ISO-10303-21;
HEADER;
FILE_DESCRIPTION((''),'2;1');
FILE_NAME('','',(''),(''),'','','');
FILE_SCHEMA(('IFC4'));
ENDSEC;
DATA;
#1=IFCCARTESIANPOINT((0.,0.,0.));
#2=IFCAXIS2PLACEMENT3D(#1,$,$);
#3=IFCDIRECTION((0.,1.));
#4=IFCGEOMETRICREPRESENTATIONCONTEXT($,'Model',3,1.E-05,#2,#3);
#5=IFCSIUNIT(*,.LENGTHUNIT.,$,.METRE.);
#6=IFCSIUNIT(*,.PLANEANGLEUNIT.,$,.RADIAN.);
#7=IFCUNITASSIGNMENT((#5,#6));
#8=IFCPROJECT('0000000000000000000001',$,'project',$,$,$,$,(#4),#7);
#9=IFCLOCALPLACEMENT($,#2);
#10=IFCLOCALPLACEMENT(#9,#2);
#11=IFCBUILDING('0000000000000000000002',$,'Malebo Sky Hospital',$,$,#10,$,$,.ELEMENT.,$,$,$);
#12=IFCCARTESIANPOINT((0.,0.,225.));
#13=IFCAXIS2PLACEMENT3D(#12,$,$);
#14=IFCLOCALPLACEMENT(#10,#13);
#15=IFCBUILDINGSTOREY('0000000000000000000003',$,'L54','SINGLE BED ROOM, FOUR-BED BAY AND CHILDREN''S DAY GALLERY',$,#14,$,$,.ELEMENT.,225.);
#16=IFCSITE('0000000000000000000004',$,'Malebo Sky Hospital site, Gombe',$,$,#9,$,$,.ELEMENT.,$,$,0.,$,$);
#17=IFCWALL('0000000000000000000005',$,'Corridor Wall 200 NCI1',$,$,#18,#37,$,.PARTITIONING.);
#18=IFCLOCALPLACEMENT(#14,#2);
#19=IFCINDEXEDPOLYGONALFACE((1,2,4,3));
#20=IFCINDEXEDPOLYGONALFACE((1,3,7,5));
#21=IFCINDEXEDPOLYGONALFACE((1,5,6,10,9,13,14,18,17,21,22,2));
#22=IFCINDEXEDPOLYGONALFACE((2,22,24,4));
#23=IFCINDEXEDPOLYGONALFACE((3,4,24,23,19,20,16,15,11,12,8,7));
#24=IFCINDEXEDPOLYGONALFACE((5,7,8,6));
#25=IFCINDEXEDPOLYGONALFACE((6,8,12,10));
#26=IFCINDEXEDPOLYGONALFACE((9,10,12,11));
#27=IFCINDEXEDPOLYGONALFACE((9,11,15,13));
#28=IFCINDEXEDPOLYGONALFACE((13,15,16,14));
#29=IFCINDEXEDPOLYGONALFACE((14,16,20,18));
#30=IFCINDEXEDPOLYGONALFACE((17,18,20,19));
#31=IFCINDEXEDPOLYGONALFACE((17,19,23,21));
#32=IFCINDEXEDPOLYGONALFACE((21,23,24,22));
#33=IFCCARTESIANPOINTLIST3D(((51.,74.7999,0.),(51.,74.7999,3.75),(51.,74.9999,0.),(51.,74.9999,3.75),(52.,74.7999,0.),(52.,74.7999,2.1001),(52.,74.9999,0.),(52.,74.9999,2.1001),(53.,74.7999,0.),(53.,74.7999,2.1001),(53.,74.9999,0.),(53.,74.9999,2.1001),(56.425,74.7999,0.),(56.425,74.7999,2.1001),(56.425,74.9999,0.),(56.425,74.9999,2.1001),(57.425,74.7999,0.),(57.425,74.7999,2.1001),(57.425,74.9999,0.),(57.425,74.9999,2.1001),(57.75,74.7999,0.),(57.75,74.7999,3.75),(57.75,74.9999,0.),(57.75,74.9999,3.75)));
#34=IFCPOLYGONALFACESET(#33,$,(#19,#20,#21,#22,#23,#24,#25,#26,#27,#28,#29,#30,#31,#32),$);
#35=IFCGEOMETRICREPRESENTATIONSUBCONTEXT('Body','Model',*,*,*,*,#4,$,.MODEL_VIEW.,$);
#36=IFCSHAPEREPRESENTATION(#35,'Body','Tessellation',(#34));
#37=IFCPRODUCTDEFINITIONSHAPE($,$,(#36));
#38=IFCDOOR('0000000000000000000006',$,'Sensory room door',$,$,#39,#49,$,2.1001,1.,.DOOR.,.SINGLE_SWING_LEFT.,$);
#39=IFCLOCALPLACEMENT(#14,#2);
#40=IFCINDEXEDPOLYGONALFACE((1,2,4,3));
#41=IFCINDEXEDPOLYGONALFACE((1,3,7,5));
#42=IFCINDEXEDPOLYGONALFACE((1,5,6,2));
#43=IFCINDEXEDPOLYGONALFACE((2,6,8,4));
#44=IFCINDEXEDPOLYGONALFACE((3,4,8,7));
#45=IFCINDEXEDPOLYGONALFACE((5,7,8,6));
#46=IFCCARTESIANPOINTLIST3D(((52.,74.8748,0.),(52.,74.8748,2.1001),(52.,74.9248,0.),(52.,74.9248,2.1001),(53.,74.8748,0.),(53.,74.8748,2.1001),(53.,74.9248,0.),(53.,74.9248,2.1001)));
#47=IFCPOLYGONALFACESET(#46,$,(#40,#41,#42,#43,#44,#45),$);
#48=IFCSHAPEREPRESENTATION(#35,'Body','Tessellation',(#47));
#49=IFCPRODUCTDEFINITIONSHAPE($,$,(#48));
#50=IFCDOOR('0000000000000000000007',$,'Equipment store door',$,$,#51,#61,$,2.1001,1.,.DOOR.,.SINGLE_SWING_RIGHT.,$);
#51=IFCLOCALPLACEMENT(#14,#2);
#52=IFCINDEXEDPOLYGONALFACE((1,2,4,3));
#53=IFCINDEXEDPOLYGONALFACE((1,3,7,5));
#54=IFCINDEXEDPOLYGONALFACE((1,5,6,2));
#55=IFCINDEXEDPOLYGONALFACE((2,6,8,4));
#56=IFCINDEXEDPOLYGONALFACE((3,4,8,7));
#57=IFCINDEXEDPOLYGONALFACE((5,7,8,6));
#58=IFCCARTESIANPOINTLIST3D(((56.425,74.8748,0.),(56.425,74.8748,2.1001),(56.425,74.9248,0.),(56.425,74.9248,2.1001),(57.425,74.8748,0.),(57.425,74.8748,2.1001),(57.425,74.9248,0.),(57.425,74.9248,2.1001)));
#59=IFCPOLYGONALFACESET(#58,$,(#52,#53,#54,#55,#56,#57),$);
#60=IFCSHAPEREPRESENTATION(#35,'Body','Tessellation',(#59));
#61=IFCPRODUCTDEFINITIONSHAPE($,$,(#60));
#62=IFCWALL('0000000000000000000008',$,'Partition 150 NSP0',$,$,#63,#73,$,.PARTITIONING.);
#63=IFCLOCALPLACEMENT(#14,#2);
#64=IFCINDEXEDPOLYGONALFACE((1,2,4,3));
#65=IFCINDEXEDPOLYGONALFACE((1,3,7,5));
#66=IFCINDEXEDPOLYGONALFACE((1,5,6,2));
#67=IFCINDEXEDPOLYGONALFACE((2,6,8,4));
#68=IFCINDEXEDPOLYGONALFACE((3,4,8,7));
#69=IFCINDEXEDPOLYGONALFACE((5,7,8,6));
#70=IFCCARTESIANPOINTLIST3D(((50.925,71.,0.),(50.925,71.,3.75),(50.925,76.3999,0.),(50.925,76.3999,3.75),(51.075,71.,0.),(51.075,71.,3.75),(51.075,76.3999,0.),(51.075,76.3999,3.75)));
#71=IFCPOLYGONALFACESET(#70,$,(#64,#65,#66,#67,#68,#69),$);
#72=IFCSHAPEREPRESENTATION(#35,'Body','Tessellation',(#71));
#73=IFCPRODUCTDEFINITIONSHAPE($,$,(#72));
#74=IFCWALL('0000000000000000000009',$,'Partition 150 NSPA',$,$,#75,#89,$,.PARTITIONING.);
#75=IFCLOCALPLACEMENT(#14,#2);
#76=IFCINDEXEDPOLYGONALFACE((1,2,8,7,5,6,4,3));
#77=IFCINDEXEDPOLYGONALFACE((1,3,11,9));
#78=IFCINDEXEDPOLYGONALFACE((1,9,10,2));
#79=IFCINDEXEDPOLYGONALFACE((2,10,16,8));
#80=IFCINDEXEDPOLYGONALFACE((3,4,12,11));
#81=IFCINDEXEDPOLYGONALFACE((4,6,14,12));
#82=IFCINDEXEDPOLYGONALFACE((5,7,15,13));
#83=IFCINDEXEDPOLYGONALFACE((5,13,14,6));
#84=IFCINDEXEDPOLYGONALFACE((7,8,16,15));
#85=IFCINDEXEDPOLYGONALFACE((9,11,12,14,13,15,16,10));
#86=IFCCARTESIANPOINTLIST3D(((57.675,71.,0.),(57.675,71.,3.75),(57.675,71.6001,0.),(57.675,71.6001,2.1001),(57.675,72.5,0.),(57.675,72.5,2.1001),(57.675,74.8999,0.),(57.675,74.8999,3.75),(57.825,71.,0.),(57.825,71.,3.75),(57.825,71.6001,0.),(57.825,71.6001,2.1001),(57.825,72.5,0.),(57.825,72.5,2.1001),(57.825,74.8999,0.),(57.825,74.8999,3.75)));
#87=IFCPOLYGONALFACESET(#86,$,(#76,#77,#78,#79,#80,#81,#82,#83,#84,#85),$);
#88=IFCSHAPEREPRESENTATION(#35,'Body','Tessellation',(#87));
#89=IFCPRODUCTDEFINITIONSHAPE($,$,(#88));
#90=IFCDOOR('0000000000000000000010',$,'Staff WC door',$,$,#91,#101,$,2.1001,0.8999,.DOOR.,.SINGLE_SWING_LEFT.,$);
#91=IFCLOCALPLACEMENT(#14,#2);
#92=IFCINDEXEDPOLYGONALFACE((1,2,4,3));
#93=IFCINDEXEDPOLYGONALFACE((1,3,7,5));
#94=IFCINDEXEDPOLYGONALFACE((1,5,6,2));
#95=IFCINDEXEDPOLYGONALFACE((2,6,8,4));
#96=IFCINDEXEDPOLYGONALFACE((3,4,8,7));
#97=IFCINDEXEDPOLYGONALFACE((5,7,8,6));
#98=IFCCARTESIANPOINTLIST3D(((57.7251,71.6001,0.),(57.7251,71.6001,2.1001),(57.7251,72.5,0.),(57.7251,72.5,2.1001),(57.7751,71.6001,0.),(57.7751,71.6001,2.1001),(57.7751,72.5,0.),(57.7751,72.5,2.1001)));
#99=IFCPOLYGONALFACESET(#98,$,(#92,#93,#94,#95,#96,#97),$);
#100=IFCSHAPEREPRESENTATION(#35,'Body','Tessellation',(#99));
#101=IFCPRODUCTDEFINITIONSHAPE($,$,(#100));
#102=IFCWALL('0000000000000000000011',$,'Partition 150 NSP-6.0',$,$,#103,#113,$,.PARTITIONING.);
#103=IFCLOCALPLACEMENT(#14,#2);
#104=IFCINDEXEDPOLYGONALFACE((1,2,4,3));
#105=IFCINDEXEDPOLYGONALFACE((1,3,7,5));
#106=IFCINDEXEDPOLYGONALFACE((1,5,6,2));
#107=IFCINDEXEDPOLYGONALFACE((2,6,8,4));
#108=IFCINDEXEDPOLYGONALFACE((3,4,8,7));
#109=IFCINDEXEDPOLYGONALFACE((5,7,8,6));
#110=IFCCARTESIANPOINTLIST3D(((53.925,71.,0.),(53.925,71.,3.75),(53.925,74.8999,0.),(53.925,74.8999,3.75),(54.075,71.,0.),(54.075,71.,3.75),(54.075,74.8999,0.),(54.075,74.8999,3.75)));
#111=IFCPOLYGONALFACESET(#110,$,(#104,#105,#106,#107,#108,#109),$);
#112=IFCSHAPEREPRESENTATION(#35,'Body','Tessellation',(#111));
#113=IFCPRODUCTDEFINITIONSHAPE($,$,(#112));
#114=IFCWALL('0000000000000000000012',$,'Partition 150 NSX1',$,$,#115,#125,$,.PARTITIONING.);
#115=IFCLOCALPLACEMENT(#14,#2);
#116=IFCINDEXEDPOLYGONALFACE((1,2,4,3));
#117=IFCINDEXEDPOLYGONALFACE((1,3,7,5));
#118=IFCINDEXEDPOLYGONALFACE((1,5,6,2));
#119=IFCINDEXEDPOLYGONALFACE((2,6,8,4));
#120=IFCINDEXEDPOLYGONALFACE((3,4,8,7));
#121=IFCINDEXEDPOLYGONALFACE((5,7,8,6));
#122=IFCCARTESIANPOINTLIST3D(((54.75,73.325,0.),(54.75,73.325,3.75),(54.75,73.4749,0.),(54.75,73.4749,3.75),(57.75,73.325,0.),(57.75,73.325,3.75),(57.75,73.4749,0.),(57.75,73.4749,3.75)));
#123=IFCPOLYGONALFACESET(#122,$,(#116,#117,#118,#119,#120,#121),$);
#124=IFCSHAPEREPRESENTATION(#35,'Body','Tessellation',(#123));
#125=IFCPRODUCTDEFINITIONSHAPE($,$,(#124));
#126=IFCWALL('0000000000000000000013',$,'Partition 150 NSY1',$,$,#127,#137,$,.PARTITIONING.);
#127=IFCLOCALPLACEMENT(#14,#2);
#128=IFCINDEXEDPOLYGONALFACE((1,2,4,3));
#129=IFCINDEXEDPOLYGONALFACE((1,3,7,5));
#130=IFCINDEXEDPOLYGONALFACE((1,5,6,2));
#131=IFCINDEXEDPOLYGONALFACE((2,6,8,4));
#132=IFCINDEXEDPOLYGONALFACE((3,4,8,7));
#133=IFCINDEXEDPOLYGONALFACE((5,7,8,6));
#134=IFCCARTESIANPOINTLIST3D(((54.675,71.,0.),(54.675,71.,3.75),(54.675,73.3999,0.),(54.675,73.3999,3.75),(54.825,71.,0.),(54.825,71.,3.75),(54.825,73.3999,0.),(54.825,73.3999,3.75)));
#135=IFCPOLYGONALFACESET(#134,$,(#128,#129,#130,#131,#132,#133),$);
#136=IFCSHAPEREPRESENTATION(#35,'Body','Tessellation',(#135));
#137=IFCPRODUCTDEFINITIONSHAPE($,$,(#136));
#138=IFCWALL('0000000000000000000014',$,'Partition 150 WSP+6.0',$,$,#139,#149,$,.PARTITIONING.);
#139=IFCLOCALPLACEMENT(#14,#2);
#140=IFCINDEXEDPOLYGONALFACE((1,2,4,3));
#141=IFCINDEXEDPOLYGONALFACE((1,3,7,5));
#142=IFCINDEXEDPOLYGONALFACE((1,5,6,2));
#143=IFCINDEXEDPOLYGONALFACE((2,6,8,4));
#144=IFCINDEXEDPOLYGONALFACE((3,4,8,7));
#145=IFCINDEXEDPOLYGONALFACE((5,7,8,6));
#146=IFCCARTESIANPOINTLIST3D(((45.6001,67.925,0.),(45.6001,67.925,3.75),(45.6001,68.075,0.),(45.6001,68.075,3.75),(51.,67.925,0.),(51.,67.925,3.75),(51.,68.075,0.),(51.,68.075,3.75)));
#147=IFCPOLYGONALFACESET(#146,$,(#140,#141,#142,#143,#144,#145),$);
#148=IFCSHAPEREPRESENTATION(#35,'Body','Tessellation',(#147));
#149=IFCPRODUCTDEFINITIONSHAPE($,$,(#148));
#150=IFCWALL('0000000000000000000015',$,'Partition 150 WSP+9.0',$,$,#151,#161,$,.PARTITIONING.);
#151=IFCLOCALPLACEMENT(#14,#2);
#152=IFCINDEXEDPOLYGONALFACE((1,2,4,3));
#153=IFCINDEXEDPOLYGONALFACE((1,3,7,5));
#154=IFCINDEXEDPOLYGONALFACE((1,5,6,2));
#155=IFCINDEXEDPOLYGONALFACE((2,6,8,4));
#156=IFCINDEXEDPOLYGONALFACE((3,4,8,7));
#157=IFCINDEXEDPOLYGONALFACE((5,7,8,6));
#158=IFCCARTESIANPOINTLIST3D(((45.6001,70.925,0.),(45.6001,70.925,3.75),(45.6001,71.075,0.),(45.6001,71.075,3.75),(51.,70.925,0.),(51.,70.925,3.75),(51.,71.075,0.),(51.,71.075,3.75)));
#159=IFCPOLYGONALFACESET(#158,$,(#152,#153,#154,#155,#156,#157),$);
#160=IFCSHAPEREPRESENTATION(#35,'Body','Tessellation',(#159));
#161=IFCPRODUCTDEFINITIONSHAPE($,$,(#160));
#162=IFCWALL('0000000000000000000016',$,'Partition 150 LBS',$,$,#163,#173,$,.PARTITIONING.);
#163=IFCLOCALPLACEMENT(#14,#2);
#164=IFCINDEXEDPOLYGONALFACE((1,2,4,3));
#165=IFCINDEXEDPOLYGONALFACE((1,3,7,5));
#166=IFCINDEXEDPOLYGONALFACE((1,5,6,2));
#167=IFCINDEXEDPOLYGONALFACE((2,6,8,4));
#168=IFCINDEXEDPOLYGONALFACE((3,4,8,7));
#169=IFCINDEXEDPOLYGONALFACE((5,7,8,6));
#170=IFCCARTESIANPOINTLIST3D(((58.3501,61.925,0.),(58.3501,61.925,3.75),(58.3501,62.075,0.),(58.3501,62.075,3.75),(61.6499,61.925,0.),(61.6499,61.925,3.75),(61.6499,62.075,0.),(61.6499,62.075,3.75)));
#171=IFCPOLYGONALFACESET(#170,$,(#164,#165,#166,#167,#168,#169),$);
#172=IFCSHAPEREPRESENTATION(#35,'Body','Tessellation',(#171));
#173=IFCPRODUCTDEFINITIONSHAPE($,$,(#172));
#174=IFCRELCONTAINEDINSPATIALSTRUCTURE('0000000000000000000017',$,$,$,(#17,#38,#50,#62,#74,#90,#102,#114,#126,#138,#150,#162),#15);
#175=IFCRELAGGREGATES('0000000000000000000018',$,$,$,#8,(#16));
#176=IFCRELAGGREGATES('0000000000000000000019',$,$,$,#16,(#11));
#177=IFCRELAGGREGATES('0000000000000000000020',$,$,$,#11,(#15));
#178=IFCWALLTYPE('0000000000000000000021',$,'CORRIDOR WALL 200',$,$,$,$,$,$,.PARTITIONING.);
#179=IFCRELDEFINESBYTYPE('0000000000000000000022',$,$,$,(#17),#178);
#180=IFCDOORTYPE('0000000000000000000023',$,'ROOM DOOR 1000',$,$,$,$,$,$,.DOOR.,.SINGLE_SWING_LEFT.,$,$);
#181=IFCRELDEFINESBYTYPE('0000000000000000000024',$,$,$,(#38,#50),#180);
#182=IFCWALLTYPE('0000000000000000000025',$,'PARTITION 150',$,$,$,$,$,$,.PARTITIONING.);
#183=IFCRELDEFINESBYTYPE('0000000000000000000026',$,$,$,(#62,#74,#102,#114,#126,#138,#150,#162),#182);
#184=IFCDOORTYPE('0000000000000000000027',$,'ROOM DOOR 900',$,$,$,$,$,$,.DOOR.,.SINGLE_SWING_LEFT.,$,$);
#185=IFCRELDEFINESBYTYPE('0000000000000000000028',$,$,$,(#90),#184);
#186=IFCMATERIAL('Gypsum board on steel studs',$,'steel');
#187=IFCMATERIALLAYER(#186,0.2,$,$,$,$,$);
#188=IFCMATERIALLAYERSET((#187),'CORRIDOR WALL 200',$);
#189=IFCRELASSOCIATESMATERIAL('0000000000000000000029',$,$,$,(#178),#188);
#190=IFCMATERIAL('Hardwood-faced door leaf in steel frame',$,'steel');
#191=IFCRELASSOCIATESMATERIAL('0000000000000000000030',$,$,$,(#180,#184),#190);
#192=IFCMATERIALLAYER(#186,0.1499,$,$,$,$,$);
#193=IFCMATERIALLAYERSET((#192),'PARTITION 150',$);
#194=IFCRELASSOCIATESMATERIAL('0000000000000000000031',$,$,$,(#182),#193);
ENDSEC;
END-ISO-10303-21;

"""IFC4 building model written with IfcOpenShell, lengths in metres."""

from ifc_helpers import new_model, si_unit, direction, frame, frame_2d, origin, place, context, subcontext, project, spatial, rectangle, extrude, material, layer, layer_set, type_object, element, fill, save


model = new_model("IFC4")

# Units and contexts
model_context = context("Model", 3, precision=1e-05, world=origin(), true_north=direction((0.0, 1.0)))
body_context = subcontext(model_context, "Body", "Model", "MODEL_VIEW")
ifc_project = project(units=[si_unit("LENGTHUNIT", "METRE"), si_unit("PLANEANGLEUNIT", "RADIAN")], contexts=[model_context])

# Site, building, storey
site_placement = place(None, origin())
site = spatial("IfcSite", under=ifc_project, at=site_placement, Name="Malebo Sky Hospital site, Gombe", CompositionType="ELEMENT", RefElevation=0.0)
building_placement = place(site_placement, origin())
building = spatial("IfcBuilding", under=site, at=building_placement, Name="Malebo Sky Hospital", CompositionType="ELEMENT")
storey_placement = place(building_placement, frame((0.0, 0.0, 225.0)))
storey = spatial("IfcBuildingStorey", under=building, at=storey_placement, Name="L54", Description="SINGLE BED ROOM, FOUR-BED BAY AND CHILDREN'S DAY GALLERY", CompositionType="ELEMENT", Elevation=225.0)

# Shared definitions
ifc_material_1 = material(Name="Hardwood-faced door leaf in steel frame", Category="steel")

# Wall, openings, doors
ifc_material_2 = material(Name="Gypsum board on steel studs", Category="steel")
ifc_layer_1 = layer(ifc_material_2, 0.2)
ifc_layer_set_1 = layer_set([ifc_layer_1], Name="CORRIDOR WALL 200")
wall_type_1 = type_object("IfcWallType", Name="CORRIDOR WALL 200", PredefinedType="PARTITIONING", material=ifc_layer_set_1)
wall_1_placement = place(storey_placement, frame((51.0, 74.8999, 0.0), z_axis=(0.0, 0.0, 1.0), x_axis=(1.0, 0.0, 0.0)))
wall_1 = element("IfcWall", 1, at=wall_1_placement, inside=storey, type_object=wall_type_1, Name="Corridor Wall 200 NCI1", PredefinedType="PARTITIONING", context=body_context, shape_type="SweptSolid", body=[
    extrude(rectangle(XDim=6.75, YDim=0.2, at=frame_2d((3.375, 0.0))), origin(), (0.0, 0.0, 1.0), 3.75),
])
opening_1_placement = place(wall_1_placement, frame((1.0, 0.0, 0.0)))
opening_1 = element("IfcOpeningElement", 2, at=opening_1_placement, cuts=wall_1, PredefinedType="OPENING", context=body_context, shape_type="SweptSolid", body=[
    extrude(rectangle(XDim=1.0, YDim=2.1001, at=frame_2d((0.5, 1.05))), frame((0.0, 0.1099, 0.0), z_axis=(0.0, -1.0, 0.0), x_axis=(1.0, 0.0, 0.0)), (0.0, 0.0, 1.0), 0.22),
])
opening_2_placement = place(wall_1_placement, frame((5.425, 0.0, 0.0)))
opening_2 = element("IfcOpeningElement", 3, at=opening_2_placement, cuts=wall_1, PredefinedType="OPENING", context=body_context, shape_type="SweptSolid", body=[
    extrude(rectangle(XDim=1.0, YDim=2.1001, at=frame_2d((0.5, 1.05))), frame((0.0, 0.1099, 0.0), z_axis=(0.0, -1.0, 0.0), x_axis=(1.0, 0.0, 0.0)), (0.0, 0.0, 1.0), 0.22),
])
door_type_1 = type_object("IfcDoorType", Name="ROOM DOOR 1000", OperationType="SINGLE_SWING_LEFT", PredefinedType="DOOR", material=ifc_material_1)
door_1_placement = place(opening_1_placement, origin())
door_1 = element("IfcDoor", 4, at=door_1_placement, inside=storey, type_object=door_type_1, Name="Sensory room door", OperationType="SINGLE_SWING_LEFT", OverallHeight=2.1001, OverallWidth=1.0, PredefinedType="DOOR", context=body_context, shape_type="SweptSolid", body=[
    extrude(rectangle(XDim=1.0, YDim=2.1001, at=frame_2d((0.5, 1.05))), frame((0.0, 0.0249, 0.0), z_axis=(0.0, -1.0, 0.0), x_axis=(1.0, 0.0, 0.0)), (0.0, 0.0, 1.0), 0.05),
])
fill(opening_1, door_1)
door_2_placement = place(opening_2_placement, origin())
door_2 = element("IfcDoor", 5, at=door_2_placement, inside=storey, type_object=door_type_1, Name="Equipment store door", OperationType="SINGLE_SWING_RIGHT", OverallHeight=2.1001, OverallWidth=1.0, PredefinedType="DOOR", context=body_context, shape_type="SweptSolid", body=[
    extrude(rectangle(XDim=1.0, YDim=2.1001, at=frame_2d((0.5, 1.05))), frame((0.0, 0.0249, 0.0), z_axis=(0.0, -1.0, 0.0), x_axis=(1.0, 0.0, 0.0)), (0.0, 0.0, 1.0), 0.05),
])
fill(opening_2, door_2)

# Wall
ifc_layer_2 = layer(ifc_material_2, 0.1499)
ifc_layer_set_2 = layer_set([ifc_layer_2], Name="PARTITION 150")
wall_type_2 = type_object("IfcWallType", Name="PARTITION 150", PredefinedType="PARTITIONING", material=ifc_layer_set_2)
wall_2_placement = place(storey_placement, frame((51.0, 71.0, 0.0), z_axis=(0.0, 0.0, 1.0), x_axis=(0.0, 1.0, 0.0)))
element("IfcWall", 6, at=wall_2_placement, inside=storey, type_object=wall_type_2, Name="Partition 150 NSP0", PredefinedType="PARTITIONING", context=body_context, shape_type="SweptSolid", body=[
    extrude(rectangle(XDim=5.3999, YDim=0.1499, at=frame_2d((2.7, 0.0))), origin(), (0.0, 0.0, 1.0), 3.75),
])

# Wall, opening, door
wall_3_placement = place(storey_placement, frame((57.75, 71.0, 0.0), z_axis=(0.0, 0.0, 1.0), x_axis=(0.0, 1.0, 0.0)))
wall_3 = element("IfcWall", 7, at=wall_3_placement, inside=storey, type_object=wall_type_2, Name="Partition 150 NSPA", PredefinedType="PARTITIONING", context=body_context, shape_type="SweptSolid", body=[
    extrude(rectangle(XDim=3.8999, YDim=0.1499, at=frame_2d((1.95, 0.0))), origin(), (0.0, 0.0, 1.0), 3.75),
])
opening_3_placement = place(wall_3_placement, frame((0.6001, 0.0, 0.0)))
opening_3 = element("IfcOpeningElement", 8, at=opening_3_placement, cuts=wall_3, PredefinedType="OPENING", context=body_context, shape_type="SweptSolid", body=[
    extrude(rectangle(XDim=0.8999, YDim=2.1001, at=frame_2d((0.45, 1.05))), frame((0.0, 0.085, 0.0), z_axis=(0.0, -1.0, 0.0), x_axis=(1.0, 0.0, 0.0)), (0.0, 0.0, 1.0), 0.1699),
])
door_type_2 = type_object("IfcDoorType", Name="ROOM DOOR 900", OperationType="SINGLE_SWING_LEFT", PredefinedType="DOOR", material=ifc_material_1)
door_3_placement = place(opening_3_placement, origin())
door_3 = element("IfcDoor", 9, at=door_3_placement, inside=storey, type_object=door_type_2, Name="Staff WC door", OperationType="SINGLE_SWING_LEFT", OverallHeight=2.1001, OverallWidth=0.8999, PredefinedType="DOOR", context=body_context, shape_type="SweptSolid", body=[
    extrude(rectangle(XDim=0.8999, YDim=2.1001, at=frame_2d((0.45, 1.05))), frame((0.0, 0.0249, 0.0), z_axis=(0.0, -1.0, 0.0), x_axis=(1.0, 0.0, 0.0)), (0.0, 0.0, 1.0), 0.05),
])
fill(opening_3, door_3)

# Walls
wall_4_placement = place(storey_placement, frame((54.0, 71.0, 0.0), z_axis=(0.0, 0.0, 1.0), x_axis=(0.0, 1.0, 0.0)))
element("IfcWall", 10, at=wall_4_placement, inside=storey, type_object=wall_type_2, Name="Partition 150 NSP-6.0", PredefinedType="PARTITIONING", context=body_context, shape_type="SweptSolid", body=[
    extrude(rectangle(XDim=3.8999, YDim=0.1499, at=frame_2d((1.95, 0.0))), origin(), (0.0, 0.0, 1.0), 3.75),
])
wall_5_placement = place(storey_placement, frame((54.75, 73.3999, 0.0), z_axis=(0.0, 0.0, 1.0), x_axis=(1.0, 0.0, 0.0)))
element("IfcWall", 11, at=wall_5_placement, inside=storey, type_object=wall_type_2, Name="Partition 150 NSX1", PredefinedType="PARTITIONING", context=body_context, shape_type="SweptSolid", body=[
    extrude(rectangle(XDim=3.0, YDim=0.1499, at=frame_2d((1.5, 0.0))), origin(), (0.0, 0.0, 1.0), 3.75),
])
wall_6_placement = place(storey_placement, frame((54.75, 71.0, 0.0), z_axis=(0.0, 0.0, 1.0), x_axis=(0.0, 1.0, 0.0)))
element("IfcWall", 12, at=wall_6_placement, inside=storey, type_object=wall_type_2, Name="Partition 150 NSY1", PredefinedType="PARTITIONING", context=body_context, shape_type="SweptSolid", body=[
    extrude(rectangle(XDim=2.3999, YDim=0.1499, at=frame_2d((1.2, 0.0))), origin(), (0.0, 0.0, 1.0), 3.75),
])
for number, where, z_axis, x_axis, name in (
    (13, (51.0, 68.0, 0.0), (0.0, 0.0, 1.0), (-1.0, 0.0, 0.0), "Partition 150 WSP+6.0"),
    (14, (51.0, 71.0, 0.0), (0.0, 0.0, 1.0), (-1.0, 0.0, 0.0), "Partition 150 WSP+9.0"),
):
    element("IfcWall", number, at=place(storey_placement, frame(where, z_axis=z_axis, x_axis=x_axis)), inside=storey, type_object=wall_type_2, Name=name, PredefinedType="PARTITIONING", context=body_context, shape_type="SweptSolid", body=[
        extrude(rectangle(XDim=5.3999, YDim=0.1499, at=frame_2d((2.7, 0.0))), origin(), (0.0, 0.0, 1.0), 3.75),
    ])
wall_7_placement = place(storey_placement, frame((58.3501, 62.0, 0.0), z_axis=(0.0, 0.0, 1.0), x_axis=(1.0, 0.0, 0.0)))
element("IfcWall", 15, at=wall_7_placement, inside=storey, type_object=wall_type_2, Name="Partition 150 LBS", PredefinedType="PARTITIONING", context=body_context, shape_type="SweptSolid", body=[
    extrude(rectangle(XDim=3.2998, YDim=0.1499, at=frame_2d((1.6499, 0.0))), origin(), (0.0, 0.0, 1.0), 3.75),
])

save(model, "model.ifc")
